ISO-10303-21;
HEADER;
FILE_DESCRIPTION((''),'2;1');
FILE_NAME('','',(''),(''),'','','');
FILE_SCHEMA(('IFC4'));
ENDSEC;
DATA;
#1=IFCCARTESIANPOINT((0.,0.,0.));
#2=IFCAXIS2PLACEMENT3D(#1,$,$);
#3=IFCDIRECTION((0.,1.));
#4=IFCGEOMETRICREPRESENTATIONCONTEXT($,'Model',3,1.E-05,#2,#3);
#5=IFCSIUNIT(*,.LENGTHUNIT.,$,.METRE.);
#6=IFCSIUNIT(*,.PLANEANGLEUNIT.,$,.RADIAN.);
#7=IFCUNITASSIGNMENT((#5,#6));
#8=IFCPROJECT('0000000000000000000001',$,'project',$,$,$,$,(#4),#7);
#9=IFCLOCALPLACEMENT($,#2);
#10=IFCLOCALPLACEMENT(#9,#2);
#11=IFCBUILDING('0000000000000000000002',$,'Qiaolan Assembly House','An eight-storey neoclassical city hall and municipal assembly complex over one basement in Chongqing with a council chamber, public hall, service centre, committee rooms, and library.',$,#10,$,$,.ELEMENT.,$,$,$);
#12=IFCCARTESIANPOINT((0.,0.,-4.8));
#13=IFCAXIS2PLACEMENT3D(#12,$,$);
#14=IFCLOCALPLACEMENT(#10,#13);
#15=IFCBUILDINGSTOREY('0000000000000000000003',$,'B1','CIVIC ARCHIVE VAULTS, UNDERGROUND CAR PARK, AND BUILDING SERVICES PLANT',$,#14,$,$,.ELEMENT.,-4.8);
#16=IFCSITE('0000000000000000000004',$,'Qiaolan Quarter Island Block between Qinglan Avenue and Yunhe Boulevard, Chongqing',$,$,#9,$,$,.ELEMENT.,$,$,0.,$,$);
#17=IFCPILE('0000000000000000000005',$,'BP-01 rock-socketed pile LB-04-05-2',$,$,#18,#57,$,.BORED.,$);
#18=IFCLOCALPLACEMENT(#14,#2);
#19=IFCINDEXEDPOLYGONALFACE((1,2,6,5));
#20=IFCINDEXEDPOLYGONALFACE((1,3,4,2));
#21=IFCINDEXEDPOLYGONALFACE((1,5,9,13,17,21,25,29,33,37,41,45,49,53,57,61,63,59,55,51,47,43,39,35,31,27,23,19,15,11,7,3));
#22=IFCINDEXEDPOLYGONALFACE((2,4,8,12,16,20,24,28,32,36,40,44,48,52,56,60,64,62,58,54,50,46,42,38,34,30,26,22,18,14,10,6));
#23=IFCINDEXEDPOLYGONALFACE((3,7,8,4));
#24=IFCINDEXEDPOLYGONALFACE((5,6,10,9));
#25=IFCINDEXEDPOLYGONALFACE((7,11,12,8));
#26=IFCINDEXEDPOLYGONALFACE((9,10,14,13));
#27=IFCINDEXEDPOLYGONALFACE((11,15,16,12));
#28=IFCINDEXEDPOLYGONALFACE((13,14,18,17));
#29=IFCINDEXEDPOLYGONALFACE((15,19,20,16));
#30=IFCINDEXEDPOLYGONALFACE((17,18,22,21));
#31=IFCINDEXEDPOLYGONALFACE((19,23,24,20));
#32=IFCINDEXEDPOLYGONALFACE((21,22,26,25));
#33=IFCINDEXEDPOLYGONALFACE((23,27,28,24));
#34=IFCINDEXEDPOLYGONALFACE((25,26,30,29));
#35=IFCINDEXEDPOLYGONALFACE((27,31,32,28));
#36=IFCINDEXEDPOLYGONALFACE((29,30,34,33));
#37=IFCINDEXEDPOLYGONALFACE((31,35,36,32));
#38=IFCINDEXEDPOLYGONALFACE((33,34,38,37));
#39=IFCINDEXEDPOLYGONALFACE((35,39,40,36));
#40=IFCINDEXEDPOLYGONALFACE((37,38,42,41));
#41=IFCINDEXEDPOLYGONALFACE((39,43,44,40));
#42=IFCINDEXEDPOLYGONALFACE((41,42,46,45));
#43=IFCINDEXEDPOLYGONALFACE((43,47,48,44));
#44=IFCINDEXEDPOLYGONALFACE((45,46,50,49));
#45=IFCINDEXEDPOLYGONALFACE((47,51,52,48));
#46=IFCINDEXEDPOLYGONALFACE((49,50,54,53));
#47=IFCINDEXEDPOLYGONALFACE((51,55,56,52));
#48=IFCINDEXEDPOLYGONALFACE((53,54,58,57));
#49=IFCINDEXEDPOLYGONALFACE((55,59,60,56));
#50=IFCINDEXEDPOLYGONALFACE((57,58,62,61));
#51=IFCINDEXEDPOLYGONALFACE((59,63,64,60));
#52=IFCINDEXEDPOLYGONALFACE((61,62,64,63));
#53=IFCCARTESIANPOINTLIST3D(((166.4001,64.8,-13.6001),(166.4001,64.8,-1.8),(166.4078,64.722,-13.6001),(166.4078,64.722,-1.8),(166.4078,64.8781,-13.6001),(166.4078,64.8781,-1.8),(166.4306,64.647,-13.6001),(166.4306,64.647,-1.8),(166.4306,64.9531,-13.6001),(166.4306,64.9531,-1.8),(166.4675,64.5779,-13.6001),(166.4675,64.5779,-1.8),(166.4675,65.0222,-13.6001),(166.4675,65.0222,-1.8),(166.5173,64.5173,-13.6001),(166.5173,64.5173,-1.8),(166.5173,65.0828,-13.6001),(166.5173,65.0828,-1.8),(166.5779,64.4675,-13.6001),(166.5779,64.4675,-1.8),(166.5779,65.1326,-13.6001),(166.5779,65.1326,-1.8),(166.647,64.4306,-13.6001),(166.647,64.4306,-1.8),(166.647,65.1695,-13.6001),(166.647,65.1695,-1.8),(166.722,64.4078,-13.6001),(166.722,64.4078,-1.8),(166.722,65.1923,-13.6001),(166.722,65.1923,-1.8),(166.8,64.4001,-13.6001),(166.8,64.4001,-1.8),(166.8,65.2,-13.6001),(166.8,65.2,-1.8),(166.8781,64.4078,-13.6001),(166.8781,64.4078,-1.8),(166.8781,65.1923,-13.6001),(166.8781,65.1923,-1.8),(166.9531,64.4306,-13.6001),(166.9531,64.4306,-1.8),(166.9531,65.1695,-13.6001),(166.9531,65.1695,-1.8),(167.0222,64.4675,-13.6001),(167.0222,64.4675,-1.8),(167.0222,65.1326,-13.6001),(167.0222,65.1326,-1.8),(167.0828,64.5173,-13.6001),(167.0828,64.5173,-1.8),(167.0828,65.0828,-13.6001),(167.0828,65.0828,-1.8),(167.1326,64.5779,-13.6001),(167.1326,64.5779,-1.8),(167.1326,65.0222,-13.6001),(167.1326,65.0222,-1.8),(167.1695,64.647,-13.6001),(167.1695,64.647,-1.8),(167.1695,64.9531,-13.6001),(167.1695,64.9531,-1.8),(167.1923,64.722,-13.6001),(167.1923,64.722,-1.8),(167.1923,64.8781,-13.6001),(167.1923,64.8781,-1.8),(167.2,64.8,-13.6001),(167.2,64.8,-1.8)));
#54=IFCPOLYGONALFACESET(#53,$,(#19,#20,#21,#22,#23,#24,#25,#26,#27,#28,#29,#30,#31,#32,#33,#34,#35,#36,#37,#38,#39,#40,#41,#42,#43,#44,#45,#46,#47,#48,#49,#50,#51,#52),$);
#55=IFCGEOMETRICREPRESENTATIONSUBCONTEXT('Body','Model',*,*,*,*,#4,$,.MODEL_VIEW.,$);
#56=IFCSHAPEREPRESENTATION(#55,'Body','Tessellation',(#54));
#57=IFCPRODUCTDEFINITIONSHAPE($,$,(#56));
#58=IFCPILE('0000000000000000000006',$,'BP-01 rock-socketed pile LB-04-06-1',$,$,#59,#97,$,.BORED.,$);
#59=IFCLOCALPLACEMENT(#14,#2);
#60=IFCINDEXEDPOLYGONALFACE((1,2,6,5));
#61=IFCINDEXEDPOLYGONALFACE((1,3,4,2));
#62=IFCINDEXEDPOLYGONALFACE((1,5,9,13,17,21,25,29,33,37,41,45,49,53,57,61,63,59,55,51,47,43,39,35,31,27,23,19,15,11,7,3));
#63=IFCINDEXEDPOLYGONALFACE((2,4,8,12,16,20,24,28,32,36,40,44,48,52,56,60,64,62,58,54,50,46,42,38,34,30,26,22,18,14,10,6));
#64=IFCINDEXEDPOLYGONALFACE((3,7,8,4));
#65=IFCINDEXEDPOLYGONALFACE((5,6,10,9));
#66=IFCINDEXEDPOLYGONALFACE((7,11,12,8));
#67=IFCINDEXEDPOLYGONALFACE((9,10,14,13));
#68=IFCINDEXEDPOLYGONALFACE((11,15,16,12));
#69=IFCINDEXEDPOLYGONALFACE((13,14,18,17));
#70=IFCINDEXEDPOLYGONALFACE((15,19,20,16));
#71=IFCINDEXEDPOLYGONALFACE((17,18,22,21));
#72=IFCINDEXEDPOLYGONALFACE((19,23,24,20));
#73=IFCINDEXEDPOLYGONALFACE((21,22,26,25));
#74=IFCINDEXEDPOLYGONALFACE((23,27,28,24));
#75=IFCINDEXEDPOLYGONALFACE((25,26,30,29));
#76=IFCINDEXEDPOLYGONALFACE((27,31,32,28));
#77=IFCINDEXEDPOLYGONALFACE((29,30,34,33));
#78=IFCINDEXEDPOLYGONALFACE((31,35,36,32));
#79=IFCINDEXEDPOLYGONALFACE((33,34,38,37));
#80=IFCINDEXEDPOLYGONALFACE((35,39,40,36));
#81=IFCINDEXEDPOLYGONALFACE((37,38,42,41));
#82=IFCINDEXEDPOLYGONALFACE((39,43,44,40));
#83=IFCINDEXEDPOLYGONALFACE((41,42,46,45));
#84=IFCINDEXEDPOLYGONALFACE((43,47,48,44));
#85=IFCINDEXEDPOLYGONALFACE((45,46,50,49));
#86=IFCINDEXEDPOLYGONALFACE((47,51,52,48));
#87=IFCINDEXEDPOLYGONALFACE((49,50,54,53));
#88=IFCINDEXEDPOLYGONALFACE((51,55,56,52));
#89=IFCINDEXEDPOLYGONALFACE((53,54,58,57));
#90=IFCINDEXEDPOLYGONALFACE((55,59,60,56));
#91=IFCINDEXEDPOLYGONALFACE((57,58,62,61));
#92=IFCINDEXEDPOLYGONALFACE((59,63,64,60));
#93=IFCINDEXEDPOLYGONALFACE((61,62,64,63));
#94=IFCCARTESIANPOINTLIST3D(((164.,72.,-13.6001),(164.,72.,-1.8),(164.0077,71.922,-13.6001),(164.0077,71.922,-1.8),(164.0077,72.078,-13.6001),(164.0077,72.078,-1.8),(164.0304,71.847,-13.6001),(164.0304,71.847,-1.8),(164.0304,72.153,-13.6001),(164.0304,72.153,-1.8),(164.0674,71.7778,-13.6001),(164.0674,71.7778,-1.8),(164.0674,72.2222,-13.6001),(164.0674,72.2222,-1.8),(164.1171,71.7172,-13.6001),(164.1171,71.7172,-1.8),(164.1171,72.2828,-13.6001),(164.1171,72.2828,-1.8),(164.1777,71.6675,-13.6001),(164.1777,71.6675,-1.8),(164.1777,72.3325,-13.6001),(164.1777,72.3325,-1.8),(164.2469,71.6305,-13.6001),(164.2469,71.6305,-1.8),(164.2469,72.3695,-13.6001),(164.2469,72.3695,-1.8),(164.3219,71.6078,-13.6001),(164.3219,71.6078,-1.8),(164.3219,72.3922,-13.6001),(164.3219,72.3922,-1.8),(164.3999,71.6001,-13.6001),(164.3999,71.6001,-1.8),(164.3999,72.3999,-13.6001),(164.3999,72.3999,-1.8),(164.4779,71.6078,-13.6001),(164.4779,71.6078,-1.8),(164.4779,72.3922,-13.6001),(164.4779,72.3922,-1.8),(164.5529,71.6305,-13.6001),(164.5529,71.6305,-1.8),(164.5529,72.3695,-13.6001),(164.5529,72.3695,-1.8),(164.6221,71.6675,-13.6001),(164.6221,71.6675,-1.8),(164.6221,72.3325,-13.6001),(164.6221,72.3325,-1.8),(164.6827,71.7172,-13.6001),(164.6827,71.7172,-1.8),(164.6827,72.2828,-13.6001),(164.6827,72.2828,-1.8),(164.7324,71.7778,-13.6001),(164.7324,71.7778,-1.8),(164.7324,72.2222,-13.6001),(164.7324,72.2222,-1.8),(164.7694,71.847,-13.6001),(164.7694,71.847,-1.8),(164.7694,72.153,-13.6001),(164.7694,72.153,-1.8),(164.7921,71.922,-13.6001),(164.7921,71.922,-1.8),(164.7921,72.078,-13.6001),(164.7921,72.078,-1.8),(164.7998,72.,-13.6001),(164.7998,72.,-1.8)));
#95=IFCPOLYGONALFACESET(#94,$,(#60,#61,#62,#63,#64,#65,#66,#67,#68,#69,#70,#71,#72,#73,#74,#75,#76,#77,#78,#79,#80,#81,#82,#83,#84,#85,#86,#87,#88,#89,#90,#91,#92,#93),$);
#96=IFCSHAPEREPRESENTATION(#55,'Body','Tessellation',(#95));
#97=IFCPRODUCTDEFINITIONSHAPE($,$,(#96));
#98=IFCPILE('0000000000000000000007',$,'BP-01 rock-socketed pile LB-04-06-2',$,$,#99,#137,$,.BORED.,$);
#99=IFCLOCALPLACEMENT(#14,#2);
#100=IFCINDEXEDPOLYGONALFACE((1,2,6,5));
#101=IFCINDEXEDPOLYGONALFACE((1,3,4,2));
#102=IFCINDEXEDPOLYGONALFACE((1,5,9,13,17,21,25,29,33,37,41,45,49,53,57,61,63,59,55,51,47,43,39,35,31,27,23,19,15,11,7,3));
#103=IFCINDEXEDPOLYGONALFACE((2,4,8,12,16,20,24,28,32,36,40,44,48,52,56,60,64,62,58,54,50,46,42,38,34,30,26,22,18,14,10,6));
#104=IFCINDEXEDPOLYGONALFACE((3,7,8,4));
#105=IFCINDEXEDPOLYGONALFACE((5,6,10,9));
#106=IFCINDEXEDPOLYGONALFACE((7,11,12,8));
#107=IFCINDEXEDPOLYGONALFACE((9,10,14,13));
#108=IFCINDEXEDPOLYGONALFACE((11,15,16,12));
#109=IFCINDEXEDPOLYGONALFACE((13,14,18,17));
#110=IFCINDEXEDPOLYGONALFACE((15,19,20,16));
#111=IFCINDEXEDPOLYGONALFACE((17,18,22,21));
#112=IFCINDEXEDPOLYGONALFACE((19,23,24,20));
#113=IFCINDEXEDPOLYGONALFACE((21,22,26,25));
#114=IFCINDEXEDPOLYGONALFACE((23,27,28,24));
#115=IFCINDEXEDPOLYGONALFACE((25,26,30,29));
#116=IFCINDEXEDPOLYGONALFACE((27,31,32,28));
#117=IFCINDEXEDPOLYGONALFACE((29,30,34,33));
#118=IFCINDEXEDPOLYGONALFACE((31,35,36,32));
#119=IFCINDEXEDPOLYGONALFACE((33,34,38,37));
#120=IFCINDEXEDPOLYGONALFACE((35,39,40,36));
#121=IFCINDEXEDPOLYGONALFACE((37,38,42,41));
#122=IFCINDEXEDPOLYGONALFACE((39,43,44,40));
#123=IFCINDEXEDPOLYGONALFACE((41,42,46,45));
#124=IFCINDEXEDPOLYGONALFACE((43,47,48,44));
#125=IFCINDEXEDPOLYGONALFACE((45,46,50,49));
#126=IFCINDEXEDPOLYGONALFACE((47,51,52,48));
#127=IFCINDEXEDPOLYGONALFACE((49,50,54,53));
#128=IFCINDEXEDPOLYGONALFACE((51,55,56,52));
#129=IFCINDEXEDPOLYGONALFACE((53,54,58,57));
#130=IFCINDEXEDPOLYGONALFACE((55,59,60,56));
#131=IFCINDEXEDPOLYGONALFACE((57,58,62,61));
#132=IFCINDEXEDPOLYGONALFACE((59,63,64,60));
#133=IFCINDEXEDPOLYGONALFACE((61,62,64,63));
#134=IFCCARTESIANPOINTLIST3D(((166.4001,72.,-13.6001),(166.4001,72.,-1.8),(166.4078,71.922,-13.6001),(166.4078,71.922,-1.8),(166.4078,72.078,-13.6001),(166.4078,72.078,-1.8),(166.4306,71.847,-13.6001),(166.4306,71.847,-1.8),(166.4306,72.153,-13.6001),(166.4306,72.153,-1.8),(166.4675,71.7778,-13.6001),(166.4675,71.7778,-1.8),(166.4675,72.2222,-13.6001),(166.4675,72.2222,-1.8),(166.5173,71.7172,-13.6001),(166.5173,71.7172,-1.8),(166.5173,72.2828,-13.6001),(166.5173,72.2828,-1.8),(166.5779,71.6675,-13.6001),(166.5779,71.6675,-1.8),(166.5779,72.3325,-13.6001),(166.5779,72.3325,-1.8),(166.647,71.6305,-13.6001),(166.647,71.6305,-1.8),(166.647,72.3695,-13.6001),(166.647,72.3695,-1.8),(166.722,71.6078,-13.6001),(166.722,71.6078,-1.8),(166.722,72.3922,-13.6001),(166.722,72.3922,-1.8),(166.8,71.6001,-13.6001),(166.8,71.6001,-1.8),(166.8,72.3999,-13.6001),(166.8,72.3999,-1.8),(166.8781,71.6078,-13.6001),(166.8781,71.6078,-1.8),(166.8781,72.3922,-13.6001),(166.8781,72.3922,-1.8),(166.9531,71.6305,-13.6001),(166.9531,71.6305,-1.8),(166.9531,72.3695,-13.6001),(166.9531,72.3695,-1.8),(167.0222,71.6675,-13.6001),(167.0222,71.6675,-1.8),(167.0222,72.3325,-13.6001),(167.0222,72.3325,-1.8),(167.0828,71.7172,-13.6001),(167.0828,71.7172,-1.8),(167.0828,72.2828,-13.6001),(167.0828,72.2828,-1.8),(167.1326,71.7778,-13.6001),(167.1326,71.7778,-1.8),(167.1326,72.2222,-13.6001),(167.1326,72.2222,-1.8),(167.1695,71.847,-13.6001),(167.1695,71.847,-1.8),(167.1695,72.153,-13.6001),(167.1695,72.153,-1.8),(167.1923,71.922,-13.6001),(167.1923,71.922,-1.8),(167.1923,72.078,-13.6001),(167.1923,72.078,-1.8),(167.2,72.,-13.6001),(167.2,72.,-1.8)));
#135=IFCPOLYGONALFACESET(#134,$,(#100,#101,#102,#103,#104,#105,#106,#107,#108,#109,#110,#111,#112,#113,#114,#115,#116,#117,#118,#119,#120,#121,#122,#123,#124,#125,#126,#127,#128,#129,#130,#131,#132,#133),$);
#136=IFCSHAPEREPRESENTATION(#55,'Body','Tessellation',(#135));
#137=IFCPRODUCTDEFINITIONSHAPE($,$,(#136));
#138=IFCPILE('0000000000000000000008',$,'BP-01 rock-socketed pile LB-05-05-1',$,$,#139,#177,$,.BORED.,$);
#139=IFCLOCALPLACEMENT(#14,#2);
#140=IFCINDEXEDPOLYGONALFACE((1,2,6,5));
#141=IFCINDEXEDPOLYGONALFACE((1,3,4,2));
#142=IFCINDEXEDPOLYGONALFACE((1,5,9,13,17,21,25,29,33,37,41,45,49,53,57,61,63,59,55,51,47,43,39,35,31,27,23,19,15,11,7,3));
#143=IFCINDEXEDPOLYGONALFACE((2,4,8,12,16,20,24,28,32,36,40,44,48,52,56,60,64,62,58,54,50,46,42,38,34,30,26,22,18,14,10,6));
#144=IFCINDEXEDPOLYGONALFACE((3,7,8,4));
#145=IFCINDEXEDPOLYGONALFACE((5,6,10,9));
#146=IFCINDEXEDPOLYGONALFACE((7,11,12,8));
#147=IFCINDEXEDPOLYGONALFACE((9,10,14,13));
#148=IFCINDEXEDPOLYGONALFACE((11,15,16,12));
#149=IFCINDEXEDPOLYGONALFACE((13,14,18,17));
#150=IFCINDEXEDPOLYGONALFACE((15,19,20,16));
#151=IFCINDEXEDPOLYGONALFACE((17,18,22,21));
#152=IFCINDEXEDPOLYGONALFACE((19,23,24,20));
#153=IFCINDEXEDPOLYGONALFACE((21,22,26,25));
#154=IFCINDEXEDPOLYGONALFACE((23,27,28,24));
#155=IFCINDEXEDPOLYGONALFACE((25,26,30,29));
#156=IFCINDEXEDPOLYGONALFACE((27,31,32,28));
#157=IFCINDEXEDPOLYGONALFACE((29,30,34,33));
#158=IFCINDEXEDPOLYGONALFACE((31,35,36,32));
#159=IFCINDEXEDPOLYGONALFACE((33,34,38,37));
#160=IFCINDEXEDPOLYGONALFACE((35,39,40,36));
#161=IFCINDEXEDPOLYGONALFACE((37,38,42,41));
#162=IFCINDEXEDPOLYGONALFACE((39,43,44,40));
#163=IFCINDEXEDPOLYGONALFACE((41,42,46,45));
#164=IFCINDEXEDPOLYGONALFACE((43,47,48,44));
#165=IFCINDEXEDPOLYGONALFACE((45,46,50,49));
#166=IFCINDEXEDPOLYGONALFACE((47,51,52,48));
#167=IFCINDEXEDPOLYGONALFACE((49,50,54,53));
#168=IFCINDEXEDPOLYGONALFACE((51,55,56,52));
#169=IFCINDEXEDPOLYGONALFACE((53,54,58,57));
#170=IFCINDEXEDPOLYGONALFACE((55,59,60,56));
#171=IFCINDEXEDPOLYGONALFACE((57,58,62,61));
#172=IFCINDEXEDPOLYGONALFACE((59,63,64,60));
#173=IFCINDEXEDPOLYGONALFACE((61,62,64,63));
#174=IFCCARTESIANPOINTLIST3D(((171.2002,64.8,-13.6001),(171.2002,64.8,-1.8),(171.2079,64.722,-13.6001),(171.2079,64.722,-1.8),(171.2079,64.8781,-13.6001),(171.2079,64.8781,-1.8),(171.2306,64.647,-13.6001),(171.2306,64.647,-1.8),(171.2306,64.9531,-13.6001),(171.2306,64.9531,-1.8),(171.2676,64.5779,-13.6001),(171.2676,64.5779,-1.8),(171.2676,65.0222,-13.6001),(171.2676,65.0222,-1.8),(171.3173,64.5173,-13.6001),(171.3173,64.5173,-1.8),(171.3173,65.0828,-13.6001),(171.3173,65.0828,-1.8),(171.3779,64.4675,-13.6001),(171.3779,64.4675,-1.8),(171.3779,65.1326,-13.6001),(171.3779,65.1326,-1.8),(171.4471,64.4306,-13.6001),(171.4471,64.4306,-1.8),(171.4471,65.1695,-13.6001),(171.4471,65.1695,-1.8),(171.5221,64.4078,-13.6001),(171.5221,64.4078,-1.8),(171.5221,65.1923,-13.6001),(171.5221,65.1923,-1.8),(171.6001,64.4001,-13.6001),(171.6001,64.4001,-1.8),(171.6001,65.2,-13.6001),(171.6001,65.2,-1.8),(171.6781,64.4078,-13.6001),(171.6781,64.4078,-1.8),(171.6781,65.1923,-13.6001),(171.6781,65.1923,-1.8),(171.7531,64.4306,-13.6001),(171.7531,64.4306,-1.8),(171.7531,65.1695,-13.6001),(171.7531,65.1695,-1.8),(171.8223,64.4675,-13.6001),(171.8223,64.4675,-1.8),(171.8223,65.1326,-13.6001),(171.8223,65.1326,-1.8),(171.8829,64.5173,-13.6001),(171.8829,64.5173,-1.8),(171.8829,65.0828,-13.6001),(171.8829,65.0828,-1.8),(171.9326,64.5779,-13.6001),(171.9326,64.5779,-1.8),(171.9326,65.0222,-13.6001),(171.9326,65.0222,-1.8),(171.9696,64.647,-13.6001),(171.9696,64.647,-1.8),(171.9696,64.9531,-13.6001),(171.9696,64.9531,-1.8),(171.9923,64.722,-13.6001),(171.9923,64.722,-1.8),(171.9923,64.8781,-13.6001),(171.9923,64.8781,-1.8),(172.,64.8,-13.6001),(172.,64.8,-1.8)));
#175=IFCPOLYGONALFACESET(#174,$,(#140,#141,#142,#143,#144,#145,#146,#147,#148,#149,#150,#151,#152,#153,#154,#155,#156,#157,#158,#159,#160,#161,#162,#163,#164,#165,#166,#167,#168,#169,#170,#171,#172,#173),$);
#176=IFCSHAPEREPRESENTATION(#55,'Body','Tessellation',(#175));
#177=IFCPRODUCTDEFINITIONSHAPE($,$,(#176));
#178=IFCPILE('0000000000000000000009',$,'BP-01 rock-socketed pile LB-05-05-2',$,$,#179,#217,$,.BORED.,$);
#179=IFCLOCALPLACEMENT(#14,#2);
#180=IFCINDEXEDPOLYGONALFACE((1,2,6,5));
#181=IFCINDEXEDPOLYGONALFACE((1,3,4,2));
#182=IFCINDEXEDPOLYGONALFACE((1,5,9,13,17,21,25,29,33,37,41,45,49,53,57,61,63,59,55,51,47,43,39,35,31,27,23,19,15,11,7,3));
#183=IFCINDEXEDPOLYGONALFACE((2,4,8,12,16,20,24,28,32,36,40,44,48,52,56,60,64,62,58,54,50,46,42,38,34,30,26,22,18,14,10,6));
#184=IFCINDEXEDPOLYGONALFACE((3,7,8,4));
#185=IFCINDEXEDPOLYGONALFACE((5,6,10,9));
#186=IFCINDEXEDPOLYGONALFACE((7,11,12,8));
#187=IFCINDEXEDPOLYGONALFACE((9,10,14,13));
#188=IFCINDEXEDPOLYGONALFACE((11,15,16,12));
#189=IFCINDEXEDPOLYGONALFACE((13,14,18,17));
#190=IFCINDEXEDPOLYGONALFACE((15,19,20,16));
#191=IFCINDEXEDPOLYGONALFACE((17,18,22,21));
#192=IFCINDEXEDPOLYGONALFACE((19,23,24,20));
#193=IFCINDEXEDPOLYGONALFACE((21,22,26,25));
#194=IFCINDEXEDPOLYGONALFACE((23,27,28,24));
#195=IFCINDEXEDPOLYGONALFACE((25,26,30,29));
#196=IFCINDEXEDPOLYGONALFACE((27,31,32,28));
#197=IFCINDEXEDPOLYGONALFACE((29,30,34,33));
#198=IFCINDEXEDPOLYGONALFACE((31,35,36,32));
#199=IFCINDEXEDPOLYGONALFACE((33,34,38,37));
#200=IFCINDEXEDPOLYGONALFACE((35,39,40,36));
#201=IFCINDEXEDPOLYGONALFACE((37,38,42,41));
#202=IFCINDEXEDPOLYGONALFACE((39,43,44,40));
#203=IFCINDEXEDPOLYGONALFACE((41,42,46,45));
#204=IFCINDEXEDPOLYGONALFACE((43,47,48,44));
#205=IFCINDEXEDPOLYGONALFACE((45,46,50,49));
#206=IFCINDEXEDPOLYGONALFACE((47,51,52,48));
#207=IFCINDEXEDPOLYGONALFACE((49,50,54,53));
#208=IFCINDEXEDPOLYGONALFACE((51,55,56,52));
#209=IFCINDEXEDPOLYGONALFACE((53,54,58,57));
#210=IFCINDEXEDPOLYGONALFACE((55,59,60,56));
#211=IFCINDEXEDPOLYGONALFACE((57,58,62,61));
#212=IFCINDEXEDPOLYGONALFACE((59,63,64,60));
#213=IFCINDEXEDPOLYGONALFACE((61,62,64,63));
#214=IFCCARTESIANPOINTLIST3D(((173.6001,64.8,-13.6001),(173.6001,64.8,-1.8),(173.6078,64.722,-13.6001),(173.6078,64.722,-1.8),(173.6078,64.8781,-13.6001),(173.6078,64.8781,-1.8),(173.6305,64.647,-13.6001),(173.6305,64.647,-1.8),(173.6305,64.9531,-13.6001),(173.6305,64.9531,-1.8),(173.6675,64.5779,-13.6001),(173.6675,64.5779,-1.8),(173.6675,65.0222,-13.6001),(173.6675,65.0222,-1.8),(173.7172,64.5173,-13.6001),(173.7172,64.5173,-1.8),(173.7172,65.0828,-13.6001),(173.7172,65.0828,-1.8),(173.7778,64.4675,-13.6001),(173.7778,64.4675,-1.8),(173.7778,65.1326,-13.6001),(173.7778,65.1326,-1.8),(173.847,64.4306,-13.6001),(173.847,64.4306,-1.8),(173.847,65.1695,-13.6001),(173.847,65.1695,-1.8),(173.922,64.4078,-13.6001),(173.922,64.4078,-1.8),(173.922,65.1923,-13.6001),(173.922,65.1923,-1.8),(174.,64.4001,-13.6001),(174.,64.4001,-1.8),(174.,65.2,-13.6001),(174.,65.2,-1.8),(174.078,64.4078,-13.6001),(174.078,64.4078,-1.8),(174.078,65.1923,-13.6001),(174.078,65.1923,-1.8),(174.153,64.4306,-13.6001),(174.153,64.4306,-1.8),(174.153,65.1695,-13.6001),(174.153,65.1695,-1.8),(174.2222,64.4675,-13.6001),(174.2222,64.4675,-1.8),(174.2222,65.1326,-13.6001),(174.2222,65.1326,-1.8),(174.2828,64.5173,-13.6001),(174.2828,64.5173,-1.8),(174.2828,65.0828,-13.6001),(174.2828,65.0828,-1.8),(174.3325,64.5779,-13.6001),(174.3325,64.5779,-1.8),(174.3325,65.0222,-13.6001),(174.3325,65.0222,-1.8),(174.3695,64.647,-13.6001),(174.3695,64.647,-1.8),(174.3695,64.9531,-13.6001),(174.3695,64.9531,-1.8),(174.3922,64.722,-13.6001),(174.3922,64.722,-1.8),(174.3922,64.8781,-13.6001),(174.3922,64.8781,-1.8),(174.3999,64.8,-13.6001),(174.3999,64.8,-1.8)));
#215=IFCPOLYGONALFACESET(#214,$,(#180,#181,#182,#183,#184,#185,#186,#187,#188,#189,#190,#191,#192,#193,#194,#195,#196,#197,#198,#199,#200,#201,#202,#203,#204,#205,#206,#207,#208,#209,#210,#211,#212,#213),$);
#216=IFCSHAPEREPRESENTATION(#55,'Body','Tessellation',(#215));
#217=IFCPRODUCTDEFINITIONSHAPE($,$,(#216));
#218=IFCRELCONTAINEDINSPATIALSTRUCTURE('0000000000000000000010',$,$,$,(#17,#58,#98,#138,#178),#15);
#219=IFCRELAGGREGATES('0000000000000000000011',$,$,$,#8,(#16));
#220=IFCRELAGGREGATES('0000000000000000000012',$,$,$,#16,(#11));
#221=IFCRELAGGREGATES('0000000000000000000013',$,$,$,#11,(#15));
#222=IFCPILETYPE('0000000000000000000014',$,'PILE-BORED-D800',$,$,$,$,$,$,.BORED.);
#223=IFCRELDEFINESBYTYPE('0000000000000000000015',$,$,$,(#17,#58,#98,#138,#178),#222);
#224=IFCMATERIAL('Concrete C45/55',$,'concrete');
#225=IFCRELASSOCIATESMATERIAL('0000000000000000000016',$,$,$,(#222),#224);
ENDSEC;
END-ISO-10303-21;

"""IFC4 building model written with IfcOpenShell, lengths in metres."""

from ifc_helpers import new_model, si_unit, direction, frame, origin, origin_2d, place, context, subcontext, project, spatial, circle, extrude, material, material_profile, profile_set, type_object, element, save


model = new_model("IFC4")

# Units and contexts
model_context = context("Model", 3, precision=1e-05, world=origin(), true_north=direction((0.0, 1.0)))
body_context = subcontext(model_context, "Body", "Model", "MODEL_VIEW")
ifc_project = project(units=[si_unit("LENGTHUNIT", "METRE"), si_unit("PLANEANGLEUNIT", "RADIAN")], contexts=[model_context])

# Site, building, storey
site_placement = place(None, origin())
site = spatial("IfcSite", under=ifc_project, at=site_placement, Name="Qiaolan Quarter Island Block between Qinglan Avenue and Yunhe Boulevard, Chongqing", CompositionType="ELEMENT", RefElevation=0.0)
building_placement = place(site_placement, origin())
building = spatial("IfcBuilding", under=site, at=building_placement, Name="Qiaolan Assembly House", Description="An eight-storey neoclassical city hall and municipal assembly complex over one basement in Chongqing with a council chamber, public hall, service centre, committee rooms, and library.", CompositionType="ELEMENT")
storey_placement = place(building_placement, frame((0.0, 0.0, -4.8)))
storey = spatial("IfcBuildingStorey", under=building, at=storey_placement, Name="B1", Description="CIVIC ARCHIVE VAULTS, UNDERGROUND CAR PARK, AND BUILDING SERVICES PLANT", CompositionType="ELEMENT", Elevation=-4.8)

# Piles
ifc_material_1 = material(Name="Concrete C45/55", Category="concrete")
ifc_material_profile_1 = material_profile(ifc_material_1, circle(Radius=0.3999, at=origin_2d()), Name="PILE D800")
ifc_profile_set_1 = profile_set([ifc_material_profile_1], Name="Concrete C45/55")
pile_type = type_object("IfcPileType", Name="PILE-BORED-D800", PredefinedType="BORED", material=ifc_profile_set_1)
for number, where, z_axis, x_axis, name in (
    (1, (166.8, 64.8, -1.8), (0.0, 0.0, -1.0), (1.0, 0.0, 0.0), "BP-01 rock-socketed pile LB-04-05-2"),
    (2, (164.3999, 72.0, -1.8), (0.0, 0.0, -1.0), (1.0, 0.0, 0.0), "BP-01 rock-socketed pile LB-04-06-1"),
    (3, (166.8, 72.0, -1.8), (0.0, 0.0, -1.0), (1.0, 0.0, 0.0), "BP-01 rock-socketed pile LB-04-06-2"),
    (4, (171.6001, 64.8, -1.8), (0.0, 0.0, -1.0), (1.0, 0.0, 0.0), "BP-01 rock-socketed pile LB-05-05-1"),
    (5, (174.0, 64.8, -1.8), (0.0, 0.0, -1.0), (1.0, 0.0, 0.0), "BP-01 rock-socketed pile LB-05-05-2"),
):
    element("IfcPile", number, at=place(storey_placement, frame(where, z_axis=z_axis, x_axis=x_axis)), inside=storey, type_object=pile_type, Name=name, PredefinedType="BORED", context=body_context, shape_type="SweptSolid", body=[
        extrude(circle(Radius=0.3999, at=origin_2d()), origin(), (0.0, 0.0, 1.0), 11.8),
    ])

save(model, "model.ifc")
